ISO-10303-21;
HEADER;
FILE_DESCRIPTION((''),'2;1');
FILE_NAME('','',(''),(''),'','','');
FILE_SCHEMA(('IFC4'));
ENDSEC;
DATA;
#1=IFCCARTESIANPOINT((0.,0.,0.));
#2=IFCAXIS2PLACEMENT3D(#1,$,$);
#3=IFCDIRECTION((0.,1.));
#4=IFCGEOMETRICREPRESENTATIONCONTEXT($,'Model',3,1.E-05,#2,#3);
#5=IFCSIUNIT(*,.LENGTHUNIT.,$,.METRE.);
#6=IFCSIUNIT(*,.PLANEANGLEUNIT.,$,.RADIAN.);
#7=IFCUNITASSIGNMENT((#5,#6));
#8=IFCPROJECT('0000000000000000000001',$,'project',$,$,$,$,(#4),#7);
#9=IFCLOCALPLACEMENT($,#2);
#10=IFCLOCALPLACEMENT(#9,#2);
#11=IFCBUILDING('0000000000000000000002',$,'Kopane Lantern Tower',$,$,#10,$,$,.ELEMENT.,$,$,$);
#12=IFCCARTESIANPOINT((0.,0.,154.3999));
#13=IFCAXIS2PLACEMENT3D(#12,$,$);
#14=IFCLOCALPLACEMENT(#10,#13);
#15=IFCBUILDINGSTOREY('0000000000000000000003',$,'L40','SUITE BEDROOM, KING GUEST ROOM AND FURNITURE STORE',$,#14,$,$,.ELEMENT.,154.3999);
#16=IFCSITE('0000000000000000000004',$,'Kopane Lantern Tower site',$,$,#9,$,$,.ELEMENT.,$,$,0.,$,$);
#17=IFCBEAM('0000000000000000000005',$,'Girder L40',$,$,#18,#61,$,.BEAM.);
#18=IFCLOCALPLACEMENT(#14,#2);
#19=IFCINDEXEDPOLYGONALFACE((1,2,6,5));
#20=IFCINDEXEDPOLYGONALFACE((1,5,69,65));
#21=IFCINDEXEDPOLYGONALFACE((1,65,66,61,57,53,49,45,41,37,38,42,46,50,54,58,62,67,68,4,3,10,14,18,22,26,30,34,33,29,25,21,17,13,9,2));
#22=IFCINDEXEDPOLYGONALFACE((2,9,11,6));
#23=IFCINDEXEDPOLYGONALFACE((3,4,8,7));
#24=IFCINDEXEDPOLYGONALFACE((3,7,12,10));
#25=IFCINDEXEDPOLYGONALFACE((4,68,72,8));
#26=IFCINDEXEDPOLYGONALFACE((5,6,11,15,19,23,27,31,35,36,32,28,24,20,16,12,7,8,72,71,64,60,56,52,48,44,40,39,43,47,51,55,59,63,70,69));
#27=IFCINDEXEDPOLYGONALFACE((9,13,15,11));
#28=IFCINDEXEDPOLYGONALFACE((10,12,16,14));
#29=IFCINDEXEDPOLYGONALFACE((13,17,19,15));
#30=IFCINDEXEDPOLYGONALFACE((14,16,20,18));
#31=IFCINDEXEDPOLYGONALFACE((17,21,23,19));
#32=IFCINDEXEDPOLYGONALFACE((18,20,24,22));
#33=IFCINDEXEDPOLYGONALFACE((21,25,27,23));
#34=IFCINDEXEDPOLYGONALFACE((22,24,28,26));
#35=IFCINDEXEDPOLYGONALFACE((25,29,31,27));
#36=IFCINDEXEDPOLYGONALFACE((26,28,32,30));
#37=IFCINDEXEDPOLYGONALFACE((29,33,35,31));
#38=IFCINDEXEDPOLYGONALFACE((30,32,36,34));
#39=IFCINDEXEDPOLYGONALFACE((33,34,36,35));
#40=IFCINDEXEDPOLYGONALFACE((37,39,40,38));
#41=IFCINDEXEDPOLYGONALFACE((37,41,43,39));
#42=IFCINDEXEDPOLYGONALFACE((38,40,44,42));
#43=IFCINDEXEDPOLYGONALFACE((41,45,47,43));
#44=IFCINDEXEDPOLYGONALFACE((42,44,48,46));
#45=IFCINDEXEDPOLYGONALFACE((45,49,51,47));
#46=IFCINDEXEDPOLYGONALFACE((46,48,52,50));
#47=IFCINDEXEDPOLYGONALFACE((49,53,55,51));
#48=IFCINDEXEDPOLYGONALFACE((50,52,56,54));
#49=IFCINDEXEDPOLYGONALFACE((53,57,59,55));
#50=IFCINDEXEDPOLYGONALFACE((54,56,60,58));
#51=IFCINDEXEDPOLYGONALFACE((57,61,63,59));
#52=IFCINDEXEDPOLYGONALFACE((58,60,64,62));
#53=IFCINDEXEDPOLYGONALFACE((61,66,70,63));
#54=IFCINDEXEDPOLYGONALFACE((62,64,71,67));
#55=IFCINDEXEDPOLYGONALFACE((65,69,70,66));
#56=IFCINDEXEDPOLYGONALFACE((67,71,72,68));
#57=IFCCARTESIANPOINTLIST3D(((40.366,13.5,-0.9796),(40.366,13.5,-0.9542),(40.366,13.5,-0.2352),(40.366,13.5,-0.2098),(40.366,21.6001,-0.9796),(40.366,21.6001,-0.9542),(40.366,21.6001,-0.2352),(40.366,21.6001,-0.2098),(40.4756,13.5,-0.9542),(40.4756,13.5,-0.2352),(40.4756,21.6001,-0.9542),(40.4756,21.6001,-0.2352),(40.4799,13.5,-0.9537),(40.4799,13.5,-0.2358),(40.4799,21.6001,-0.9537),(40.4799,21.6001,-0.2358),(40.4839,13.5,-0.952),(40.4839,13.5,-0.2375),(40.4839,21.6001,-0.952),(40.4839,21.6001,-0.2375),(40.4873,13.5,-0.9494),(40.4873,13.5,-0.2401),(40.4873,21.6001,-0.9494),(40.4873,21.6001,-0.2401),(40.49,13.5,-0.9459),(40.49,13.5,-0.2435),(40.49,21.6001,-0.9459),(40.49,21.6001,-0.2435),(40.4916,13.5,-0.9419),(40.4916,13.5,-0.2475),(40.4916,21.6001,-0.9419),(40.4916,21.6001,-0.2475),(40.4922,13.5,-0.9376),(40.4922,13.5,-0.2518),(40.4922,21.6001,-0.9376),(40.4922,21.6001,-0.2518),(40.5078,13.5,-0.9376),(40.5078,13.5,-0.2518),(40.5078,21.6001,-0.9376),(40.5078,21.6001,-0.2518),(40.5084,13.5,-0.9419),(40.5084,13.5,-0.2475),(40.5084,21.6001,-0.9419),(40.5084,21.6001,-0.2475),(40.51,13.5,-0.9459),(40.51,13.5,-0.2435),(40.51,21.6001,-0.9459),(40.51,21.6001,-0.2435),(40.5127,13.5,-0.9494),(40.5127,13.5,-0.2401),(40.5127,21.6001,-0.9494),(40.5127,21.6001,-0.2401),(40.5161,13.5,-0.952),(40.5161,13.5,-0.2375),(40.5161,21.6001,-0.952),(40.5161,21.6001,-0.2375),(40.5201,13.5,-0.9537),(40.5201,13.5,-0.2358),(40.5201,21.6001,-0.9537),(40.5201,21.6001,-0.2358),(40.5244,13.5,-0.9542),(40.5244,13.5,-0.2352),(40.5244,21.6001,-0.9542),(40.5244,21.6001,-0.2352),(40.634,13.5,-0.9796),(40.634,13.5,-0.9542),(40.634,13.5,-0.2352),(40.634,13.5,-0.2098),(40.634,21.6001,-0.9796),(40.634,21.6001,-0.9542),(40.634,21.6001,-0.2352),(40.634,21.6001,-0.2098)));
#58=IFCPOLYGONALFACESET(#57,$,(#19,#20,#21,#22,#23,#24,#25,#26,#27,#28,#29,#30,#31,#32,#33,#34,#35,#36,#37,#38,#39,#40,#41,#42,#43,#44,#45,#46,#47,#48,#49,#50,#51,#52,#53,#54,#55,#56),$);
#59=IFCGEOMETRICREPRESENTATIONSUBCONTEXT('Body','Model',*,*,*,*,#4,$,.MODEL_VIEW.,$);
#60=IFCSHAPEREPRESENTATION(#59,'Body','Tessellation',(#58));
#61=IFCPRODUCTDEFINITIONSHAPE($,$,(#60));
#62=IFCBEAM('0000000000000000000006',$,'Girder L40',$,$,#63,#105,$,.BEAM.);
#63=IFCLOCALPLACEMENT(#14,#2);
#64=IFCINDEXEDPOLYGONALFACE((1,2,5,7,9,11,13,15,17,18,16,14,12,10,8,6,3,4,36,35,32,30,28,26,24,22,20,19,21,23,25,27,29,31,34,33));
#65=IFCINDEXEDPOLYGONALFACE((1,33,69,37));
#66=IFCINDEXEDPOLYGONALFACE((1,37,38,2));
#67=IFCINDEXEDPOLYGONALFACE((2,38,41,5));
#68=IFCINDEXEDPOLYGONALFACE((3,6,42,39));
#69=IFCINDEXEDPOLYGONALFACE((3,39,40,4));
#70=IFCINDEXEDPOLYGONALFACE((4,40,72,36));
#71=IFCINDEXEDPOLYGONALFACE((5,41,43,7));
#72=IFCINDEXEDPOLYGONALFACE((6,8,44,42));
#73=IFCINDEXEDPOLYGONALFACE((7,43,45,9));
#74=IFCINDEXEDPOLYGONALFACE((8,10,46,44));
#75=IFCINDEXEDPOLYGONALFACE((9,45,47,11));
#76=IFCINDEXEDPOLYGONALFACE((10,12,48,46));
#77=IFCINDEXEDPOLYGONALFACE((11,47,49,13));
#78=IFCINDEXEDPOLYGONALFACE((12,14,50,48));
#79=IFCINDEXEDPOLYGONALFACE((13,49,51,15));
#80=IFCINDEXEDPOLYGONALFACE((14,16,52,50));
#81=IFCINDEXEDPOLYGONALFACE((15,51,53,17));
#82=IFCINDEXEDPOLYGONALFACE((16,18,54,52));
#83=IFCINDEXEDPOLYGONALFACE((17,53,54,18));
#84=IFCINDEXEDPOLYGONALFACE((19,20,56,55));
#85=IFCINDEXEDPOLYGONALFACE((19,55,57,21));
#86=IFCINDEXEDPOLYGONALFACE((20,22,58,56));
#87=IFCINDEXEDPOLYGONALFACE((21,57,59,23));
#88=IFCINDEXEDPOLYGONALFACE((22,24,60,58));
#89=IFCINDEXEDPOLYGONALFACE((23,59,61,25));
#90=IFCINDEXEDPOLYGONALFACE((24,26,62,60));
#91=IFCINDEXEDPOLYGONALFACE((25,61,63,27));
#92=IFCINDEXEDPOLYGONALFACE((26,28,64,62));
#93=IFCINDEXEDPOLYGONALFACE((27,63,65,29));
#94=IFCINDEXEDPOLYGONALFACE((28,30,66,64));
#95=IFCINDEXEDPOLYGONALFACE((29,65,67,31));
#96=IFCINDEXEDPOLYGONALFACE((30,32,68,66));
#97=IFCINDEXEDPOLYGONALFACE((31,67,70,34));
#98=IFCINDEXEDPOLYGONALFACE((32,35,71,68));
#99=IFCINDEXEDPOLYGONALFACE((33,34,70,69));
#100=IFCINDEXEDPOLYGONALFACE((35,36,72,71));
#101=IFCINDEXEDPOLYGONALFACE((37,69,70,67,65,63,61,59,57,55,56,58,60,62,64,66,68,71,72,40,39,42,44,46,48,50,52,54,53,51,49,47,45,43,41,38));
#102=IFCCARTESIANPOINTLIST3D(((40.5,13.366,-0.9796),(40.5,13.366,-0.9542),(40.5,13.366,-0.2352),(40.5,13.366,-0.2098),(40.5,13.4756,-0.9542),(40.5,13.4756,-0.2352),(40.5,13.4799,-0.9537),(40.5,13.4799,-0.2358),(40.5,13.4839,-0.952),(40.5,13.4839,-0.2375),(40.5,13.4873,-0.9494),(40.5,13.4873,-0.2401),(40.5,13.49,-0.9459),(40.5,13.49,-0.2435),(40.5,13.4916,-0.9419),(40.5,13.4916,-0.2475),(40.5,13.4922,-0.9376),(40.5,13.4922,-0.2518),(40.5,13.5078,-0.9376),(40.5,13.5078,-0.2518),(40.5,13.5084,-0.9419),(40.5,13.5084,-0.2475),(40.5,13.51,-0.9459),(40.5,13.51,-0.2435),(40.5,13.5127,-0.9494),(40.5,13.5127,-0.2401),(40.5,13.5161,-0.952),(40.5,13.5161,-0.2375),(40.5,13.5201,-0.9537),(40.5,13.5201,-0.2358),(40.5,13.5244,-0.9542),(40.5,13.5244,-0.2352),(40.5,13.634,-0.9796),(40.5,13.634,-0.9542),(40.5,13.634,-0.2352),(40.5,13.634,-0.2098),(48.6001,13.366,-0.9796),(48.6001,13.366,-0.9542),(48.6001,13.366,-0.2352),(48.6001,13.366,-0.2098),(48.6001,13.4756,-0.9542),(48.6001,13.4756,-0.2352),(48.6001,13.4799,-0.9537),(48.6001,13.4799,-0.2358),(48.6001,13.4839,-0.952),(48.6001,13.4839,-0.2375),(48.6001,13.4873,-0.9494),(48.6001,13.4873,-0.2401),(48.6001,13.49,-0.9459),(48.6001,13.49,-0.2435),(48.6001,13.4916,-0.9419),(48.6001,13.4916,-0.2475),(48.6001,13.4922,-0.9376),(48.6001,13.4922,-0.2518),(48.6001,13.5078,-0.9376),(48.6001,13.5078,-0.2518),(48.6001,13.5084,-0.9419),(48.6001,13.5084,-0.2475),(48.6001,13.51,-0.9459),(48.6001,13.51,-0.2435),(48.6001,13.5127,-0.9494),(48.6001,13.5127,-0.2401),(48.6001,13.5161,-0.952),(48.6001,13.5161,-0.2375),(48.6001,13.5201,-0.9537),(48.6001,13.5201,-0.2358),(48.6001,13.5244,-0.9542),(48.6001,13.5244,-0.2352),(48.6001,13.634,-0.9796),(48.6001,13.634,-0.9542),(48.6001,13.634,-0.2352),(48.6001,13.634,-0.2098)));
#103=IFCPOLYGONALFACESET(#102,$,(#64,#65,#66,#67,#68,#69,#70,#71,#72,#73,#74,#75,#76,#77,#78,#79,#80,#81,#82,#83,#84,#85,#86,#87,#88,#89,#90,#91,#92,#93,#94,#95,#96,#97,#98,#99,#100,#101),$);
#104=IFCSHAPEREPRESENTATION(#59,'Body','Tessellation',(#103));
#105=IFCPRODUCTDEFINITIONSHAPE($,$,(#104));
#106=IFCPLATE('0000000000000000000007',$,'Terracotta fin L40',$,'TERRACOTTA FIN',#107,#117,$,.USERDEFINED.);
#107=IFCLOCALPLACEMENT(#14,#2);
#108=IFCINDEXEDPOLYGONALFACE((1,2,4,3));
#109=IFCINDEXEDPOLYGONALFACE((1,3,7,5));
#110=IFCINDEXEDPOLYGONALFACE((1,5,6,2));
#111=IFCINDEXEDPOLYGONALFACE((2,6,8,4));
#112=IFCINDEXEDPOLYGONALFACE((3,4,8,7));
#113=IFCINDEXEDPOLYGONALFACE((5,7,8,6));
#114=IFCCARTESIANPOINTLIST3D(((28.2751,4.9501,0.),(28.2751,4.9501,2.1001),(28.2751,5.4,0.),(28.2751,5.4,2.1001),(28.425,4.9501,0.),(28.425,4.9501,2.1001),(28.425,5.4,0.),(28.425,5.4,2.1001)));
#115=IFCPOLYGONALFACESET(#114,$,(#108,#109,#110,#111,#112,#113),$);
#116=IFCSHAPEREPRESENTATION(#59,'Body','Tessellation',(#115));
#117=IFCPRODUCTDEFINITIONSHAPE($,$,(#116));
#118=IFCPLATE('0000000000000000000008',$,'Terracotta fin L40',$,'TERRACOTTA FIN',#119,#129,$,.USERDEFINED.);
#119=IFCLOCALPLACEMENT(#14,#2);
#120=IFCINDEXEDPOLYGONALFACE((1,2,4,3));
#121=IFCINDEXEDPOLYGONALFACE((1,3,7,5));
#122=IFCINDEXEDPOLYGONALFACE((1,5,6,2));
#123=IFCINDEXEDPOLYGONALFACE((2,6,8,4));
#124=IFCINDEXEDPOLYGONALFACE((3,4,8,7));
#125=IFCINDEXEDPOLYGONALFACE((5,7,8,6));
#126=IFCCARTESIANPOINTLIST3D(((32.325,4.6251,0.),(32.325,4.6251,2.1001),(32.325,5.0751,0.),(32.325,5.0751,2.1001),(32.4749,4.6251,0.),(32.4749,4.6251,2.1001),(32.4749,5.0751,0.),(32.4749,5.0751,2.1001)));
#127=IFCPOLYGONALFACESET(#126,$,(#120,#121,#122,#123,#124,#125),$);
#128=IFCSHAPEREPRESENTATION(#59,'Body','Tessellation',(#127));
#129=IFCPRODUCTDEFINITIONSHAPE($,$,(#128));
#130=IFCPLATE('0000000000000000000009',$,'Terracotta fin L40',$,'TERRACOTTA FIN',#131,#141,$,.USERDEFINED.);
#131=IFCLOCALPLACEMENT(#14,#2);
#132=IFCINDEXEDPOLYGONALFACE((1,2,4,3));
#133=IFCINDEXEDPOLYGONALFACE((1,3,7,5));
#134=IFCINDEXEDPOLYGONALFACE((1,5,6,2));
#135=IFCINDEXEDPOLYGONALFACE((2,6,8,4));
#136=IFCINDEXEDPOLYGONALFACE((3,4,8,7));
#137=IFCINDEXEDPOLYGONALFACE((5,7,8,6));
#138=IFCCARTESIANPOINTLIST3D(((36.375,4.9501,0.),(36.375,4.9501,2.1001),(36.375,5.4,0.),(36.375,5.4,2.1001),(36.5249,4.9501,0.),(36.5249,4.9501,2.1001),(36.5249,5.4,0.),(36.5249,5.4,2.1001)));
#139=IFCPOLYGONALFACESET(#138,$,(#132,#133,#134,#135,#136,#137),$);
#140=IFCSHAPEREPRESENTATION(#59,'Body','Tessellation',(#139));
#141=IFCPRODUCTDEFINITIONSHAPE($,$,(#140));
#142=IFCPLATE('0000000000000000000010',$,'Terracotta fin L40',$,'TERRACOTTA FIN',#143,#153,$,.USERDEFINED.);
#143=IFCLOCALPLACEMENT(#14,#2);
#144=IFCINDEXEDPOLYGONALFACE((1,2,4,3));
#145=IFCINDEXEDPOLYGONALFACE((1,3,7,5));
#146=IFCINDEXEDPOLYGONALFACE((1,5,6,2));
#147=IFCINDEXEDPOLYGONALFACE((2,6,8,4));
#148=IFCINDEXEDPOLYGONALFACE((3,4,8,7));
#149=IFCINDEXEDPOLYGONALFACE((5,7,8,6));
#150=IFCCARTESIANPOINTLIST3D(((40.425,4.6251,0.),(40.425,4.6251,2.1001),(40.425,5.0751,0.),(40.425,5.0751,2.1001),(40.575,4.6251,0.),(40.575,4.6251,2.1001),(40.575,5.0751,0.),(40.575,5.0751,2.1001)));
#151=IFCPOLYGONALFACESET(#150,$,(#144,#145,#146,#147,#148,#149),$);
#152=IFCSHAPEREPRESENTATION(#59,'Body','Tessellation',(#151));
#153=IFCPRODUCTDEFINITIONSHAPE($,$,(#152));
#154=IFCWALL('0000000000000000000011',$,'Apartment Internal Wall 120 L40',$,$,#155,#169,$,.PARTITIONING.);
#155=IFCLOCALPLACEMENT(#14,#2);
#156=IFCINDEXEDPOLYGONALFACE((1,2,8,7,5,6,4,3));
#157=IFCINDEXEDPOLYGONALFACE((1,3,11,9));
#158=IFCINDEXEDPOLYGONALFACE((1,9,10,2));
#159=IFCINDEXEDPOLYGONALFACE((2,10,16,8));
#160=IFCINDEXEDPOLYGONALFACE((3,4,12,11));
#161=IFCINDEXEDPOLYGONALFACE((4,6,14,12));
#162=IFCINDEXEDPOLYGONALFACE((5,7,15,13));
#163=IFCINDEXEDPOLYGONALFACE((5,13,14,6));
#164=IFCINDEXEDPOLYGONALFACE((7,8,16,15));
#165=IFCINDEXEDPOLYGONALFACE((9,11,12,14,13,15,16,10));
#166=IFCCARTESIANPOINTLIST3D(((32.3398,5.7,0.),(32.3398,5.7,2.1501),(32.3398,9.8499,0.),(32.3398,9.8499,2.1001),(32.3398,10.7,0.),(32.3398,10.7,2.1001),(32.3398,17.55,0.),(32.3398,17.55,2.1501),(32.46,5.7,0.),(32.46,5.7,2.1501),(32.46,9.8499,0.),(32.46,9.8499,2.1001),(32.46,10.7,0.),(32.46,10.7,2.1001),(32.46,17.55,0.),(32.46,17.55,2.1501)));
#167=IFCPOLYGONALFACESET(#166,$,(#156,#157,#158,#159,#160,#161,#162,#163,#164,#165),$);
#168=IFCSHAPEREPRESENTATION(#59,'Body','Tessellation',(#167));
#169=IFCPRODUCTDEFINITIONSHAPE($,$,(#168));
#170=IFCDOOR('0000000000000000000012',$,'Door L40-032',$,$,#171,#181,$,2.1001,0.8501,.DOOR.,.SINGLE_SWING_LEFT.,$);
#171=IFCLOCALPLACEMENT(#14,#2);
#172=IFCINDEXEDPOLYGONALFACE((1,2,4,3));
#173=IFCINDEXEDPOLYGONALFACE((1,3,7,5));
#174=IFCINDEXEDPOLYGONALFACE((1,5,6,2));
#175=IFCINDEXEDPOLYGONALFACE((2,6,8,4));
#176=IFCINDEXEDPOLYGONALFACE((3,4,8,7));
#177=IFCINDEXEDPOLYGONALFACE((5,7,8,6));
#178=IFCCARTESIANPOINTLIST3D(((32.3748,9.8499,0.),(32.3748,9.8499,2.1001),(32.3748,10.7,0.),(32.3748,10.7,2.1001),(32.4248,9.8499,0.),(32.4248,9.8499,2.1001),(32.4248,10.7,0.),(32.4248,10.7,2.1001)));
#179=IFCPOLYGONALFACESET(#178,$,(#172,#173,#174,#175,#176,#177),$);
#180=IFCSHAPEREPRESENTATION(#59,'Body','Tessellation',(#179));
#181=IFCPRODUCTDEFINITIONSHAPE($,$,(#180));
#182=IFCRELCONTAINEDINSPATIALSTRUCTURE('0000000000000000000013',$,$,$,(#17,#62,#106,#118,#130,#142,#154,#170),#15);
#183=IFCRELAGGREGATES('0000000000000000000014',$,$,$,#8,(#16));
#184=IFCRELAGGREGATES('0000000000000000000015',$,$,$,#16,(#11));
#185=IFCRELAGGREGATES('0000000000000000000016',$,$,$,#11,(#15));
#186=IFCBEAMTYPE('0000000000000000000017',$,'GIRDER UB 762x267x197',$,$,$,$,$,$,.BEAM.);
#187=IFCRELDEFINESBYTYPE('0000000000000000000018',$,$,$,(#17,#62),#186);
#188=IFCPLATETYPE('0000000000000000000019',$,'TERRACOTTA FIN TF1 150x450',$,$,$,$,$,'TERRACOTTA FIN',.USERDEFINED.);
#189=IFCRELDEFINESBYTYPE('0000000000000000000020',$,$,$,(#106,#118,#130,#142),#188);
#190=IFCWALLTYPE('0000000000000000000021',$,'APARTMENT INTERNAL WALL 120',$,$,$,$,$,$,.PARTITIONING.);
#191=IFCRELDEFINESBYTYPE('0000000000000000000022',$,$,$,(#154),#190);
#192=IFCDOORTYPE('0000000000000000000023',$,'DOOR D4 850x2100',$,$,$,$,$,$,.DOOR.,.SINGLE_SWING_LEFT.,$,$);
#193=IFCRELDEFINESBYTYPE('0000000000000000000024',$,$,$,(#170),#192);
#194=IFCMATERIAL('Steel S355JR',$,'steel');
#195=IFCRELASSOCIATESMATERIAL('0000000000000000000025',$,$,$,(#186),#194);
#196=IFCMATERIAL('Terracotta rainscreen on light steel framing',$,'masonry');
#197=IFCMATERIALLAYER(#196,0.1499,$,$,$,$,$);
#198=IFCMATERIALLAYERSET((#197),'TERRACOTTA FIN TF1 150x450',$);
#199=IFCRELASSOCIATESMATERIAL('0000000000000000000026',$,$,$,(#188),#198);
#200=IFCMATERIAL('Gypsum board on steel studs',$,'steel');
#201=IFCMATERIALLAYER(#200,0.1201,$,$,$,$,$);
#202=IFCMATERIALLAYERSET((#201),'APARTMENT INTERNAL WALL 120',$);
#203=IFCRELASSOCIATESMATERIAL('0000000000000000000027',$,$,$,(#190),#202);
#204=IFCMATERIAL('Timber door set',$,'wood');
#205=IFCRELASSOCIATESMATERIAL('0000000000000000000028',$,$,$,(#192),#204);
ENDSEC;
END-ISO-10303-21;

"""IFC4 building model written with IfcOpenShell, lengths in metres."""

from ifc_helpers import new_model, si_unit, direction, frame, frame_2d, origin, origin_2d, place, context, subcontext, project, spatial, rectangle, i_section, extrude, material, layer, layer_set, material_profile, profile_set, type_object, element, fill, save


model = new_model("IFC4")

# Units and contexts
model_context = context("Model", 3, precision=1e-05, world=origin(), true_north=direction((0.0, 1.0)))
body_context = subcontext(model_context, "Body", "Model", "MODEL_VIEW")
ifc_project = project(units=[si_unit("LENGTHUNIT", "METRE"), si_unit("PLANEANGLEUNIT", "RADIAN")], contexts=[model_context])

# Site, building, storey
site_placement = place(None, origin())
site = spatial("IfcSite", under=ifc_project, at=site_placement, Name="Kopane Lantern Tower site", CompositionType="ELEMENT", RefElevation=0.0)
building_placement = place(site_placement, origin())
building = spatial("IfcBuilding", under=site, at=building_placement, Name="Kopane Lantern Tower", CompositionType="ELEMENT")
storey_placement = place(building_placement, frame((0.0, 0.0, 154.3999)))
storey = spatial("IfcBuildingStorey", under=building, at=storey_placement, Name="L40", Description="SUITE BEDROOM, KING GUEST ROOM AND FURNITURE STORE", CompositionType="ELEMENT", Elevation=154.3999)

# Beams
ifc_material_1 = material(Name="Steel S355JR", Category="steel")
ifc_material_profile_1 = material_profile(ifc_material_1, i_section(OverallWidth=0.2681, OverallDepth=0.7698, WebThickness=0.0156, FlangeThickness=0.0254, FilletRadius=0.0166, at=origin_2d()), Name="UB 762x267x197")
ifc_profile_set_1 = profile_set([ifc_material_profile_1], Name="Steel S355JR")
beam_type = type_object("IfcBeamType", Name="GIRDER UB 762x267x197", PredefinedType="BEAM", material=ifc_profile_set_1)
for number, where, z_axis, x_axis, name in (
    (1, (40.5, 13.5, -0.5947), (0.0, 1.0, 0.0), (-1.0, 0.0, 0.0), "Girder L40"),
    (2, (40.5, 13.5, -0.5947), (1.0, 0.0, 0.0), (0.0, 1.0, 0.0), "Girder L40"),
):
    element("IfcBeam", number, at=place(storey_placement, frame(where, z_axis=z_axis, x_axis=x_axis)), inside=storey, type_object=beam_type, Name=name, PredefinedType="BEAM", context=body_context, shape_type="SweptSolid", body=[
        extrude(i_section(OverallWidth=0.2681, OverallDepth=0.7698, WebThickness=0.0156, FlangeThickness=0.0254, FilletRadius=0.0166, at=origin_2d()), origin(), (0.0, 0.0, 1.0), 8.1001),
    ])

# Plates
ifc_material_2 = material(Name="Terracotta rainscreen on light steel framing", Category="masonry")
ifc_layer_1 = layer(ifc_material_2, 0.1499)
ifc_layer_set_1 = layer_set([ifc_layer_1], Name="TERRACOTTA FIN TF1 150x450")
plate_type = type_object("IfcPlateType", Name="TERRACOTTA FIN TF1 150x450", ElementType="TERRACOTTA FIN", PredefinedType="USERDEFINED", material=ifc_layer_set_1)
for number, where, z_axis, x_axis, name in (
    (3, (28.3501, 5.175, 0.0), (0.0, 0.0, 1.0), (1.0, 0.0, 0.0), "Terracotta fin L40"),
    (4, (32.3999, 4.8501, 0.0), (0.0, 0.0, 1.0), (1.0, 0.0, 0.0), "Terracotta fin L40"),
    (5, (36.45, 5.175, 0.0), (0.0, 0.0, 1.0), (1.0, 0.0, 0.0), "Terracotta fin L40"),
    (6, (40.5, 4.8501, 0.0), (0.0, 0.0, 1.0), (1.0, 0.0, 0.0), "Terracotta fin L40"),
):
    element("IfcPlate", number, at=place(storey_placement, frame(where, z_axis=z_axis, x_axis=x_axis)), inside=storey, type_object=plate_type, Name=name, ObjectType="TERRACOTTA FIN", PredefinedType="USERDEFINED", context=body_context, shape_type="SweptSolid", body=[
        extrude(rectangle(XDim=0.1499, YDim=0.45, at=origin_2d()), origin(), (0.0, 0.0, 1.0), 2.1001),
    ])

# Wall, opening, door
ifc_material_3 = material(Name="Gypsum board on steel studs", Category="steel")
ifc_layer_2 = layer(ifc_material_3, 0.1201)
ifc_layer_set_2 = layer_set([ifc_layer_2], Name="APARTMENT INTERNAL WALL 120")
wall_type_1 = type_object("IfcWallType", Name="APARTMENT INTERNAL WALL 120", PredefinedType="PARTITIONING", material=ifc_layer_set_2)
wall_1_placement = place(storey_placement, frame((32.3999, 17.55, 0.0), z_axis=(0.0, 0.0, 1.0), x_axis=(0.0, -1.0, 0.0)))
wall_1 = element("IfcWall", 7, at=wall_1_placement, inside=storey, type_object=wall_type_1, Name="Apartment Internal Wall 120 L40", PredefinedType="PARTITIONING", context=body_context, shape_type="SweptSolid", body=[
    extrude(rectangle(XDim=11.8501, YDim=0.1201, at=frame_2d((5.925, 0.0))), origin(), (0.0, 0.0, 1.0), 2.1501),
])
opening_1_placement = place(wall_1_placement, frame((6.8501, 0.0, 0.0)))
opening_1 = element("IfcOpeningElement", 8, at=opening_1_placement, cuts=wall_1, PredefinedType="OPENING", context=body_context, shape_type="SweptSolid", body=[
    extrude(rectangle(XDim=0.8501, YDim=2.1001, at=frame_2d((0.425, 1.05))), frame((0.0, 0.0701, 0.0), z_axis=(0.0, -1.0, 0.0), x_axis=(1.0, 0.0, 0.0)), (0.0, 0.0, 1.0), 0.1401),
])
ifc_material_4 = material(Name="Timber door set", Category="wood")
door_type_1 = type_object("IfcDoorType", Name="DOOR D4 850x2100", OperationType="SINGLE_SWING_LEFT", PredefinedType="DOOR", material=ifc_material_4)
door_1_placement = place(opening_1_placement, origin())
door_1 = element("IfcDoor", 9, at=door_1_placement, inside=storey, type_object=door_type_1, Name="Door L40-032", OperationType="SINGLE_SWING_LEFT", OverallHeight=2.1001, OverallWidth=0.8501, PredefinedType="DOOR", context=body_context, shape_type="SweptSolid", body=[
    extrude(rectangle(XDim=0.8501, YDim=2.1001, at=frame_2d((0.425, 1.05))), frame((0.0, 0.0249, 0.0), z_axis=(0.0, -1.0, 0.0), x_axis=(1.0, 0.0, 0.0)), (0.0, 0.0, 1.0), 0.05),
])
fill(opening_1, door_1)

save(model, "model.ifc")
